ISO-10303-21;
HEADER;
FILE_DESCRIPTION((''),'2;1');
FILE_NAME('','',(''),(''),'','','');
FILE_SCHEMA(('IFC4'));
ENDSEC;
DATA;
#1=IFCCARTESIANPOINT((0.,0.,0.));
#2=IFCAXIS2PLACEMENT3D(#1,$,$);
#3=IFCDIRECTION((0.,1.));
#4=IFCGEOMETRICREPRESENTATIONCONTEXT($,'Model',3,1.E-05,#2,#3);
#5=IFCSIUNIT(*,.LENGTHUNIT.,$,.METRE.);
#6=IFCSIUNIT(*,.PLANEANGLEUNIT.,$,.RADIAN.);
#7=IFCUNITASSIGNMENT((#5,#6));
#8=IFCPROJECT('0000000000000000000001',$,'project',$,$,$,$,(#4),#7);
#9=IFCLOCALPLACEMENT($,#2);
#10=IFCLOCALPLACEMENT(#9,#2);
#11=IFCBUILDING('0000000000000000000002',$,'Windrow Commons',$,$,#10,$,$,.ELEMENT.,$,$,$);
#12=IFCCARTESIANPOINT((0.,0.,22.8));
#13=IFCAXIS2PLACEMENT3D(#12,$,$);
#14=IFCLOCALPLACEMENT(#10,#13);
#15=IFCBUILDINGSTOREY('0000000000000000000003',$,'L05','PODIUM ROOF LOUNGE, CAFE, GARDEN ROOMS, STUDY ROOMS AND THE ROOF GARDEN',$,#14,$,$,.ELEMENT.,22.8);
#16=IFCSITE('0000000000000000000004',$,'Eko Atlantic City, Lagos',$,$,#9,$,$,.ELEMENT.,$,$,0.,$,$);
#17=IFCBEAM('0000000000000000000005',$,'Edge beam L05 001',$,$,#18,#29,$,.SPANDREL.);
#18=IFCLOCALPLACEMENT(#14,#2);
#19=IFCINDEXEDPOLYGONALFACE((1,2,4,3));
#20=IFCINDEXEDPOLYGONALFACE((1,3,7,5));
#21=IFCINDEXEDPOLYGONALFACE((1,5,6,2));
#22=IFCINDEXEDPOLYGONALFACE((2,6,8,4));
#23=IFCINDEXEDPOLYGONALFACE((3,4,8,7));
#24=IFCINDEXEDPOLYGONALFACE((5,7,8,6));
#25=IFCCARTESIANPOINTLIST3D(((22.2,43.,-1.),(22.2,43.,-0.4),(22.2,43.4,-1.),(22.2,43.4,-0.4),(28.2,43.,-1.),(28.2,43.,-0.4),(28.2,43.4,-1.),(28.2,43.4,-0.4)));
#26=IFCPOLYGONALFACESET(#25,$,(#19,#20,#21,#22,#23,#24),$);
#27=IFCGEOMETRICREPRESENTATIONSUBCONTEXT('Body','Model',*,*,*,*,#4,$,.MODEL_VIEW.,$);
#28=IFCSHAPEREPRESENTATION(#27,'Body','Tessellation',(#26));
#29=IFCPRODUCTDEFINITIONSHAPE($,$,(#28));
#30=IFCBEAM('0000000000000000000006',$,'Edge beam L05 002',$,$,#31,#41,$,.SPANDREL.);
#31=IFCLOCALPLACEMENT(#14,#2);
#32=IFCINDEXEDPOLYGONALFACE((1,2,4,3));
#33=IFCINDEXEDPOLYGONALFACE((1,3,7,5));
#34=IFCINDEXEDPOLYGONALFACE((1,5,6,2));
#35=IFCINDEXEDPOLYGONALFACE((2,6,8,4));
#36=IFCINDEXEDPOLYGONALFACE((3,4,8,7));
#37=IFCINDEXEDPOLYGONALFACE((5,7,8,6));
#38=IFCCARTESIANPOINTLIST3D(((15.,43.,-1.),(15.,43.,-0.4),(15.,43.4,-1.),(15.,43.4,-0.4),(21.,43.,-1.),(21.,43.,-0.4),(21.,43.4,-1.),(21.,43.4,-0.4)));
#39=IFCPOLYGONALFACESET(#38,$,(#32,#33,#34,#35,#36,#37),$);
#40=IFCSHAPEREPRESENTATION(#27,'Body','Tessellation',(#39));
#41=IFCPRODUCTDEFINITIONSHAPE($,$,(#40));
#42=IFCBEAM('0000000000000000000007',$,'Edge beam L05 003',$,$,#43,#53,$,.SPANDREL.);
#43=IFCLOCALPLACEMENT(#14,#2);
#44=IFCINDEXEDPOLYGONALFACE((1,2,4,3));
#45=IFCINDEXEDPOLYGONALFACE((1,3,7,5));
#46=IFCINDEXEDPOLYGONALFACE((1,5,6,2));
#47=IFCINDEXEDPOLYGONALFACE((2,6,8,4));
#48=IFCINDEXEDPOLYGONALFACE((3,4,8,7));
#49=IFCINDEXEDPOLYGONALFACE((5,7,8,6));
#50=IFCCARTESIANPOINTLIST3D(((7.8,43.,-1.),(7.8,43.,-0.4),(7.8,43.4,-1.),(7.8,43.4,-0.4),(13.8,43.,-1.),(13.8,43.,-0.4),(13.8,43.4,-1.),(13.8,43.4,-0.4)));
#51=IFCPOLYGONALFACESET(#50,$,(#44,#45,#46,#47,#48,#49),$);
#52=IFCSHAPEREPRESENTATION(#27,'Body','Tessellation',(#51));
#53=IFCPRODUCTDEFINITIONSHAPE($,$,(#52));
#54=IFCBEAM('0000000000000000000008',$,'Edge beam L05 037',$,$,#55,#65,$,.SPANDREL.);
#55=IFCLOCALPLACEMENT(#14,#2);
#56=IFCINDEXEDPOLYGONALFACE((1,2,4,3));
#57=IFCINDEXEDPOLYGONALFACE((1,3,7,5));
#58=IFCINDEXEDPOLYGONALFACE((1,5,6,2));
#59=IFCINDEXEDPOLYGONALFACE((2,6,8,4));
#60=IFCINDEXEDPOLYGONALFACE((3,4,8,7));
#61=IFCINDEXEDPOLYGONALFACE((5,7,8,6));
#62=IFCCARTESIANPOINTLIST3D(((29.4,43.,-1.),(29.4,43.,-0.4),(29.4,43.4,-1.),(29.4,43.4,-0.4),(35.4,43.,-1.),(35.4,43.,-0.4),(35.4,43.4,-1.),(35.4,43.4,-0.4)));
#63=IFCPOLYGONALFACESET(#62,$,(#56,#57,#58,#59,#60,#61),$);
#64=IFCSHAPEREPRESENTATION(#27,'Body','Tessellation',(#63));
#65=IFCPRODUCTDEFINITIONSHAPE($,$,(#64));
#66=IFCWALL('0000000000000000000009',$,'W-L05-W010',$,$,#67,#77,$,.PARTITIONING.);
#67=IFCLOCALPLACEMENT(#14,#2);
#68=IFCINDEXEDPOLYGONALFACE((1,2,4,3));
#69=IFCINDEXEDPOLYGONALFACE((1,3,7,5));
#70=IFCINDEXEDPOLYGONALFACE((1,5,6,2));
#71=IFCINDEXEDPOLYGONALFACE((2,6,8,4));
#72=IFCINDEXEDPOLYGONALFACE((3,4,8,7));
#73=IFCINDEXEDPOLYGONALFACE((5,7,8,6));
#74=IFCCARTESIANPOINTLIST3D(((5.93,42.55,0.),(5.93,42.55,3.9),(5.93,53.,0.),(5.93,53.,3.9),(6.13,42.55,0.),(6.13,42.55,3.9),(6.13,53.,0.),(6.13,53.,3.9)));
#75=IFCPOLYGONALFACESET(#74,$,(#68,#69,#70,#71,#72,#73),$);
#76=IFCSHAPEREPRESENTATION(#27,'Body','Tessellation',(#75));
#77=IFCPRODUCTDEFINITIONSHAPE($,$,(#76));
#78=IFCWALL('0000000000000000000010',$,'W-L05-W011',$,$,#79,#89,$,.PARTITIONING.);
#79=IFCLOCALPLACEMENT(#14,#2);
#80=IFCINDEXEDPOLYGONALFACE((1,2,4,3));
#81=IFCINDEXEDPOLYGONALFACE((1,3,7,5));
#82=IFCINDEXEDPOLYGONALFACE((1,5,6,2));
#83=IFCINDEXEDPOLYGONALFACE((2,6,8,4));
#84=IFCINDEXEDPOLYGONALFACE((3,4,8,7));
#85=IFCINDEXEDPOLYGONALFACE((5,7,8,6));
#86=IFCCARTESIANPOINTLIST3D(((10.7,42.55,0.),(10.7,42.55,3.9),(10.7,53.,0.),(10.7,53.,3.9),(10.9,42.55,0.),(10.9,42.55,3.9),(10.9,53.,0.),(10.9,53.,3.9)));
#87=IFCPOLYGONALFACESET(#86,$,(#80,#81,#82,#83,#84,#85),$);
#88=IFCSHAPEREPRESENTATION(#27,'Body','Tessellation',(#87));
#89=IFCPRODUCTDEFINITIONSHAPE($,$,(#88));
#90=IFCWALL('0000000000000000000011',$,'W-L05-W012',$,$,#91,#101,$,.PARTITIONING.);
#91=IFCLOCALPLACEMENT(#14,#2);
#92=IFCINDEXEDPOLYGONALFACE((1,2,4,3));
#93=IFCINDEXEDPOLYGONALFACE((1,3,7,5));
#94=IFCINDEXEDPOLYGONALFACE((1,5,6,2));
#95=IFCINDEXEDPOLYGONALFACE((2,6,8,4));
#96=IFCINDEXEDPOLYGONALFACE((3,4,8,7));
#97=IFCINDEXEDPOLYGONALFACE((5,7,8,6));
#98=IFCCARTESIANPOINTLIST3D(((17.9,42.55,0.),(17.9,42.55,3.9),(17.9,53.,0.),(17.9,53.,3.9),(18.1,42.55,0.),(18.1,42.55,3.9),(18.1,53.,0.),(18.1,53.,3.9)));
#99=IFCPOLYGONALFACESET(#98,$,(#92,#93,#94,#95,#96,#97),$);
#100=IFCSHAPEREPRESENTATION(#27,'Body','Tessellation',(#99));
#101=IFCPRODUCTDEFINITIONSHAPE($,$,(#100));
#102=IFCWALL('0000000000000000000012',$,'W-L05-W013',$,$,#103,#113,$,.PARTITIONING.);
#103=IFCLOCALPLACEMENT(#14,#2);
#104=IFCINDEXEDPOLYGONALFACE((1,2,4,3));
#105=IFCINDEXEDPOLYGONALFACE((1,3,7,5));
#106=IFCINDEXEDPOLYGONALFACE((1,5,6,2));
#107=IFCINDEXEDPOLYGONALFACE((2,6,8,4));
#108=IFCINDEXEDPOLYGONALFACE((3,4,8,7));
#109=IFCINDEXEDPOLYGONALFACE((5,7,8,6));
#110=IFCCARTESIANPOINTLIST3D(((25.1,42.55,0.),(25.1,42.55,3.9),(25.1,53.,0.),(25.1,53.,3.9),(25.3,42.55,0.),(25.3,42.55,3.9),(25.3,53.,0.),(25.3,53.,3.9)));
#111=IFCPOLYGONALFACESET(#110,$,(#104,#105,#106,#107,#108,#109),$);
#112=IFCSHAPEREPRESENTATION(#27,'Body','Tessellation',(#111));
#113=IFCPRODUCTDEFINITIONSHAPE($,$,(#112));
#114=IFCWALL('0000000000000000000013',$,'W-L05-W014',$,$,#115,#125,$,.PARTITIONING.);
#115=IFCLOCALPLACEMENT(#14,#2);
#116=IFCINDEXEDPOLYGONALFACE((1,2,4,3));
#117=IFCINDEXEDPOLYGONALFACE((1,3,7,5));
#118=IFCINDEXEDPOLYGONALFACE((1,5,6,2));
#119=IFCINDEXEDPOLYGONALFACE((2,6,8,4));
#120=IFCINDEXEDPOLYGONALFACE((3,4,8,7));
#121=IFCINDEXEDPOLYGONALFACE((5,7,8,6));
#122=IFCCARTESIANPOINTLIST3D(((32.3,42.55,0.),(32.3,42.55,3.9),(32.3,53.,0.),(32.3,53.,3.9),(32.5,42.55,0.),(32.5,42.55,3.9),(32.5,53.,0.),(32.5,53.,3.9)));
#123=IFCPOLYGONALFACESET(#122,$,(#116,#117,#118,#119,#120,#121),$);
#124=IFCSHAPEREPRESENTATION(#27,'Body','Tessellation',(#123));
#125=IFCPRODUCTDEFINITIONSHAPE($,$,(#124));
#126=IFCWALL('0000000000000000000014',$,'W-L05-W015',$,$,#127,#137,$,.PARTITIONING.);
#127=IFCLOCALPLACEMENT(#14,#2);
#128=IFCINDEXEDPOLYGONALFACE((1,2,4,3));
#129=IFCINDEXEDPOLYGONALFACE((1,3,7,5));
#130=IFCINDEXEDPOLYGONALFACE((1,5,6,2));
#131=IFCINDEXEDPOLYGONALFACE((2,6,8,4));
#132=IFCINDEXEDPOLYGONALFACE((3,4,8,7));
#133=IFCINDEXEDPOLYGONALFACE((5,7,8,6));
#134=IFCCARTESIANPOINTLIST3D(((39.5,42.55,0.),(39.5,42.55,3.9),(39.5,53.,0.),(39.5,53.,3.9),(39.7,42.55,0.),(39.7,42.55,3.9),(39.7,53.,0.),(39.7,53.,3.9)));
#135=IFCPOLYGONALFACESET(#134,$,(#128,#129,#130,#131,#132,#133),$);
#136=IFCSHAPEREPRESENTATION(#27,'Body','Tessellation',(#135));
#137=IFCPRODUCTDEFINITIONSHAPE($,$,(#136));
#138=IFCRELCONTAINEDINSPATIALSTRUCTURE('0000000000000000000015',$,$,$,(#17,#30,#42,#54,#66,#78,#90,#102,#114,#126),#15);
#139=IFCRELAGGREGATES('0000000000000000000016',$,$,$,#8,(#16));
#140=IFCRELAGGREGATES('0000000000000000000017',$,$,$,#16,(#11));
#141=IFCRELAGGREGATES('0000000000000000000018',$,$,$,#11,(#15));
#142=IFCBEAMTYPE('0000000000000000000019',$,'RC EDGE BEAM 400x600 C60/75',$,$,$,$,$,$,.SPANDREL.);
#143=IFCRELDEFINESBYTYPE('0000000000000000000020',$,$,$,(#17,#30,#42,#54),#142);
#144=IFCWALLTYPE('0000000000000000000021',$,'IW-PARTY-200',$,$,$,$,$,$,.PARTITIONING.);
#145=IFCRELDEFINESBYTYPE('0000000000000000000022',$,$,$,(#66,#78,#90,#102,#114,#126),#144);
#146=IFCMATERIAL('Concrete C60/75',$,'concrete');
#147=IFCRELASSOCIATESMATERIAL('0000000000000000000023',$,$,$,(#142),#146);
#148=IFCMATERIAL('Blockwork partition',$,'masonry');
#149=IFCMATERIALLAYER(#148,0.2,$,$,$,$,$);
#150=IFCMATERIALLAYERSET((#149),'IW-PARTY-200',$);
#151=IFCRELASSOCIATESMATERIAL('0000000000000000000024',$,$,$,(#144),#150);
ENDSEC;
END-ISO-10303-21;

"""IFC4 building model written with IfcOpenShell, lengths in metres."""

from ifc_helpers import new_model, si_unit, direction, frame, frame_2d, origin, origin_2d, place, context, subcontext, project, spatial, rectangle, extrude, material, layer, layer_set, material_profile, profile_set, type_object, element, save


model = new_model("IFC4")

# Units and contexts
model_context = context("Model", 3, precision=1e-05, world=origin(), true_north=direction((0.0, 1.0)))
body_context = subcontext(model_context, "Body", "Model", "MODEL_VIEW")
ifc_project = project(units=[si_unit("LENGTHUNIT", "METRE"), si_unit("PLANEANGLEUNIT", "RADIAN")], contexts=[model_context])

# Site, building, storey
site_placement = place(None, origin())
site = spatial("IfcSite", under=ifc_project, at=site_placement, Name="Eko Atlantic City, Lagos", CompositionType="ELEMENT", RefElevation=0.0)
building_placement = place(site_placement, origin())
building = spatial("IfcBuilding", under=site, at=building_placement, Name="Windrow Commons", CompositionType="ELEMENT")
storey_placement = place(building_placement, frame((0.0, 0.0, 22.8)))
storey = spatial("IfcBuildingStorey", under=building, at=storey_placement, Name="L05", Description="PODIUM ROOF LOUNGE, CAFE, GARDEN ROOMS, STUDY ROOMS AND THE ROOF GARDEN", CompositionType="ELEMENT", Elevation=22.8)

# Beams
ifc_material_1 = material(Name="Concrete C60/75", Category="concrete")
ifc_material_profile = material_profile(ifc_material_1, rectangle(XDim=0.4, YDim=0.6, at=origin_2d()))
ifc_profile_set = profile_set([ifc_material_profile], Name="Concrete C60/75")
beam_type = type_object("IfcBeamType", Name="RC EDGE BEAM 400x600 C60/75", PredefinedType="SPANDREL", material=ifc_profile_set)
for number, where, z_axis, x_axis, name in (
    (1, (28.2, 43.2, -0.7), (-1.0, 0.0, 0.0), (0.0, -1.0, 0.0), "Edge beam L05 001"),
    (2, (21.0, 43.2, -0.7), (-1.0, 0.0, 0.0), (0.0, -1.0, 0.0), "Edge beam L05 002"),
    (3, (13.8, 43.2, -0.7), (-1.0, 0.0, 0.0), (0.0, -1.0, 0.0), "Edge beam L05 003"),
    (4, (35.4, 43.2, -0.7), (-1.0, 0.0, 0.0), (0.0, -1.0, 0.0), "Edge beam L05 037"),
):
    element("IfcBeam", number, at=place(storey_placement, frame(where, z_axis=z_axis, x_axis=x_axis)), inside=storey, type_object=beam_type, Name=name, PredefinedType="SPANDREL", context=body_context, shape_type="SweptSolid", body=[
        extrude(rectangle(XDim=0.4, YDim=0.6, at=origin_2d()), origin(), (0.0, 0.0, 1.0), 6.0),
    ])

# Walls
ifc_material_2 = material(Name="Blockwork partition", Category="masonry")
ifc_layer = layer(ifc_material_2, 0.2)
ifc_layer_set = layer_set([ifc_layer], Name="IW-PARTY-200")
wall_type = type_object("IfcWallType", Name="IW-PARTY-200", PredefinedType="PARTITIONING", material=ifc_layer_set)
for number, where, z_axis, x_axis, name in (
    (5, (6.03, 42.55, 0.0), (0.0, 0.0, 1.0), (0.0, 1.0, 0.0), "W-L05-W010"),
    (6, (10.8, 42.55, 0.0), (0.0, 0.0, 1.0), (0.0, 1.0, 0.0), "W-L05-W011"),
    (7, (18.0, 42.55, 0.0), (0.0, 0.0, 1.0), (0.0, 1.0, 0.0), "W-L05-W012"),
    (8, (25.2, 42.55, 0.0), (0.0, 0.0, 1.0), (0.0, 1.0, 0.0), "W-L05-W013"),
    (9, (32.4, 42.55, 0.0), (0.0, 0.0, 1.0), (0.0, 1.0, 0.0), "W-L05-W014"),
    (10, (39.6, 42.55, 0.0), (0.0, 0.0, 1.0), (0.0, 1.0, 0.0), "W-L05-W015"),
):
    element("IfcWall", number, at=place(storey_placement, frame(where, z_axis=z_axis, x_axis=x_axis)), inside=storey, type_object=wall_type, Name=name, PredefinedType="PARTITIONING", context=body_context, shape_type="SweptSolid", body=[
        extrude(rectangle(XDim=10.45, YDim=0.2, at=frame_2d((5.225, 0.0))), origin(), (0.0, 0.0, 1.0), 3.9),
    ])

save(model, "model.ifc")
